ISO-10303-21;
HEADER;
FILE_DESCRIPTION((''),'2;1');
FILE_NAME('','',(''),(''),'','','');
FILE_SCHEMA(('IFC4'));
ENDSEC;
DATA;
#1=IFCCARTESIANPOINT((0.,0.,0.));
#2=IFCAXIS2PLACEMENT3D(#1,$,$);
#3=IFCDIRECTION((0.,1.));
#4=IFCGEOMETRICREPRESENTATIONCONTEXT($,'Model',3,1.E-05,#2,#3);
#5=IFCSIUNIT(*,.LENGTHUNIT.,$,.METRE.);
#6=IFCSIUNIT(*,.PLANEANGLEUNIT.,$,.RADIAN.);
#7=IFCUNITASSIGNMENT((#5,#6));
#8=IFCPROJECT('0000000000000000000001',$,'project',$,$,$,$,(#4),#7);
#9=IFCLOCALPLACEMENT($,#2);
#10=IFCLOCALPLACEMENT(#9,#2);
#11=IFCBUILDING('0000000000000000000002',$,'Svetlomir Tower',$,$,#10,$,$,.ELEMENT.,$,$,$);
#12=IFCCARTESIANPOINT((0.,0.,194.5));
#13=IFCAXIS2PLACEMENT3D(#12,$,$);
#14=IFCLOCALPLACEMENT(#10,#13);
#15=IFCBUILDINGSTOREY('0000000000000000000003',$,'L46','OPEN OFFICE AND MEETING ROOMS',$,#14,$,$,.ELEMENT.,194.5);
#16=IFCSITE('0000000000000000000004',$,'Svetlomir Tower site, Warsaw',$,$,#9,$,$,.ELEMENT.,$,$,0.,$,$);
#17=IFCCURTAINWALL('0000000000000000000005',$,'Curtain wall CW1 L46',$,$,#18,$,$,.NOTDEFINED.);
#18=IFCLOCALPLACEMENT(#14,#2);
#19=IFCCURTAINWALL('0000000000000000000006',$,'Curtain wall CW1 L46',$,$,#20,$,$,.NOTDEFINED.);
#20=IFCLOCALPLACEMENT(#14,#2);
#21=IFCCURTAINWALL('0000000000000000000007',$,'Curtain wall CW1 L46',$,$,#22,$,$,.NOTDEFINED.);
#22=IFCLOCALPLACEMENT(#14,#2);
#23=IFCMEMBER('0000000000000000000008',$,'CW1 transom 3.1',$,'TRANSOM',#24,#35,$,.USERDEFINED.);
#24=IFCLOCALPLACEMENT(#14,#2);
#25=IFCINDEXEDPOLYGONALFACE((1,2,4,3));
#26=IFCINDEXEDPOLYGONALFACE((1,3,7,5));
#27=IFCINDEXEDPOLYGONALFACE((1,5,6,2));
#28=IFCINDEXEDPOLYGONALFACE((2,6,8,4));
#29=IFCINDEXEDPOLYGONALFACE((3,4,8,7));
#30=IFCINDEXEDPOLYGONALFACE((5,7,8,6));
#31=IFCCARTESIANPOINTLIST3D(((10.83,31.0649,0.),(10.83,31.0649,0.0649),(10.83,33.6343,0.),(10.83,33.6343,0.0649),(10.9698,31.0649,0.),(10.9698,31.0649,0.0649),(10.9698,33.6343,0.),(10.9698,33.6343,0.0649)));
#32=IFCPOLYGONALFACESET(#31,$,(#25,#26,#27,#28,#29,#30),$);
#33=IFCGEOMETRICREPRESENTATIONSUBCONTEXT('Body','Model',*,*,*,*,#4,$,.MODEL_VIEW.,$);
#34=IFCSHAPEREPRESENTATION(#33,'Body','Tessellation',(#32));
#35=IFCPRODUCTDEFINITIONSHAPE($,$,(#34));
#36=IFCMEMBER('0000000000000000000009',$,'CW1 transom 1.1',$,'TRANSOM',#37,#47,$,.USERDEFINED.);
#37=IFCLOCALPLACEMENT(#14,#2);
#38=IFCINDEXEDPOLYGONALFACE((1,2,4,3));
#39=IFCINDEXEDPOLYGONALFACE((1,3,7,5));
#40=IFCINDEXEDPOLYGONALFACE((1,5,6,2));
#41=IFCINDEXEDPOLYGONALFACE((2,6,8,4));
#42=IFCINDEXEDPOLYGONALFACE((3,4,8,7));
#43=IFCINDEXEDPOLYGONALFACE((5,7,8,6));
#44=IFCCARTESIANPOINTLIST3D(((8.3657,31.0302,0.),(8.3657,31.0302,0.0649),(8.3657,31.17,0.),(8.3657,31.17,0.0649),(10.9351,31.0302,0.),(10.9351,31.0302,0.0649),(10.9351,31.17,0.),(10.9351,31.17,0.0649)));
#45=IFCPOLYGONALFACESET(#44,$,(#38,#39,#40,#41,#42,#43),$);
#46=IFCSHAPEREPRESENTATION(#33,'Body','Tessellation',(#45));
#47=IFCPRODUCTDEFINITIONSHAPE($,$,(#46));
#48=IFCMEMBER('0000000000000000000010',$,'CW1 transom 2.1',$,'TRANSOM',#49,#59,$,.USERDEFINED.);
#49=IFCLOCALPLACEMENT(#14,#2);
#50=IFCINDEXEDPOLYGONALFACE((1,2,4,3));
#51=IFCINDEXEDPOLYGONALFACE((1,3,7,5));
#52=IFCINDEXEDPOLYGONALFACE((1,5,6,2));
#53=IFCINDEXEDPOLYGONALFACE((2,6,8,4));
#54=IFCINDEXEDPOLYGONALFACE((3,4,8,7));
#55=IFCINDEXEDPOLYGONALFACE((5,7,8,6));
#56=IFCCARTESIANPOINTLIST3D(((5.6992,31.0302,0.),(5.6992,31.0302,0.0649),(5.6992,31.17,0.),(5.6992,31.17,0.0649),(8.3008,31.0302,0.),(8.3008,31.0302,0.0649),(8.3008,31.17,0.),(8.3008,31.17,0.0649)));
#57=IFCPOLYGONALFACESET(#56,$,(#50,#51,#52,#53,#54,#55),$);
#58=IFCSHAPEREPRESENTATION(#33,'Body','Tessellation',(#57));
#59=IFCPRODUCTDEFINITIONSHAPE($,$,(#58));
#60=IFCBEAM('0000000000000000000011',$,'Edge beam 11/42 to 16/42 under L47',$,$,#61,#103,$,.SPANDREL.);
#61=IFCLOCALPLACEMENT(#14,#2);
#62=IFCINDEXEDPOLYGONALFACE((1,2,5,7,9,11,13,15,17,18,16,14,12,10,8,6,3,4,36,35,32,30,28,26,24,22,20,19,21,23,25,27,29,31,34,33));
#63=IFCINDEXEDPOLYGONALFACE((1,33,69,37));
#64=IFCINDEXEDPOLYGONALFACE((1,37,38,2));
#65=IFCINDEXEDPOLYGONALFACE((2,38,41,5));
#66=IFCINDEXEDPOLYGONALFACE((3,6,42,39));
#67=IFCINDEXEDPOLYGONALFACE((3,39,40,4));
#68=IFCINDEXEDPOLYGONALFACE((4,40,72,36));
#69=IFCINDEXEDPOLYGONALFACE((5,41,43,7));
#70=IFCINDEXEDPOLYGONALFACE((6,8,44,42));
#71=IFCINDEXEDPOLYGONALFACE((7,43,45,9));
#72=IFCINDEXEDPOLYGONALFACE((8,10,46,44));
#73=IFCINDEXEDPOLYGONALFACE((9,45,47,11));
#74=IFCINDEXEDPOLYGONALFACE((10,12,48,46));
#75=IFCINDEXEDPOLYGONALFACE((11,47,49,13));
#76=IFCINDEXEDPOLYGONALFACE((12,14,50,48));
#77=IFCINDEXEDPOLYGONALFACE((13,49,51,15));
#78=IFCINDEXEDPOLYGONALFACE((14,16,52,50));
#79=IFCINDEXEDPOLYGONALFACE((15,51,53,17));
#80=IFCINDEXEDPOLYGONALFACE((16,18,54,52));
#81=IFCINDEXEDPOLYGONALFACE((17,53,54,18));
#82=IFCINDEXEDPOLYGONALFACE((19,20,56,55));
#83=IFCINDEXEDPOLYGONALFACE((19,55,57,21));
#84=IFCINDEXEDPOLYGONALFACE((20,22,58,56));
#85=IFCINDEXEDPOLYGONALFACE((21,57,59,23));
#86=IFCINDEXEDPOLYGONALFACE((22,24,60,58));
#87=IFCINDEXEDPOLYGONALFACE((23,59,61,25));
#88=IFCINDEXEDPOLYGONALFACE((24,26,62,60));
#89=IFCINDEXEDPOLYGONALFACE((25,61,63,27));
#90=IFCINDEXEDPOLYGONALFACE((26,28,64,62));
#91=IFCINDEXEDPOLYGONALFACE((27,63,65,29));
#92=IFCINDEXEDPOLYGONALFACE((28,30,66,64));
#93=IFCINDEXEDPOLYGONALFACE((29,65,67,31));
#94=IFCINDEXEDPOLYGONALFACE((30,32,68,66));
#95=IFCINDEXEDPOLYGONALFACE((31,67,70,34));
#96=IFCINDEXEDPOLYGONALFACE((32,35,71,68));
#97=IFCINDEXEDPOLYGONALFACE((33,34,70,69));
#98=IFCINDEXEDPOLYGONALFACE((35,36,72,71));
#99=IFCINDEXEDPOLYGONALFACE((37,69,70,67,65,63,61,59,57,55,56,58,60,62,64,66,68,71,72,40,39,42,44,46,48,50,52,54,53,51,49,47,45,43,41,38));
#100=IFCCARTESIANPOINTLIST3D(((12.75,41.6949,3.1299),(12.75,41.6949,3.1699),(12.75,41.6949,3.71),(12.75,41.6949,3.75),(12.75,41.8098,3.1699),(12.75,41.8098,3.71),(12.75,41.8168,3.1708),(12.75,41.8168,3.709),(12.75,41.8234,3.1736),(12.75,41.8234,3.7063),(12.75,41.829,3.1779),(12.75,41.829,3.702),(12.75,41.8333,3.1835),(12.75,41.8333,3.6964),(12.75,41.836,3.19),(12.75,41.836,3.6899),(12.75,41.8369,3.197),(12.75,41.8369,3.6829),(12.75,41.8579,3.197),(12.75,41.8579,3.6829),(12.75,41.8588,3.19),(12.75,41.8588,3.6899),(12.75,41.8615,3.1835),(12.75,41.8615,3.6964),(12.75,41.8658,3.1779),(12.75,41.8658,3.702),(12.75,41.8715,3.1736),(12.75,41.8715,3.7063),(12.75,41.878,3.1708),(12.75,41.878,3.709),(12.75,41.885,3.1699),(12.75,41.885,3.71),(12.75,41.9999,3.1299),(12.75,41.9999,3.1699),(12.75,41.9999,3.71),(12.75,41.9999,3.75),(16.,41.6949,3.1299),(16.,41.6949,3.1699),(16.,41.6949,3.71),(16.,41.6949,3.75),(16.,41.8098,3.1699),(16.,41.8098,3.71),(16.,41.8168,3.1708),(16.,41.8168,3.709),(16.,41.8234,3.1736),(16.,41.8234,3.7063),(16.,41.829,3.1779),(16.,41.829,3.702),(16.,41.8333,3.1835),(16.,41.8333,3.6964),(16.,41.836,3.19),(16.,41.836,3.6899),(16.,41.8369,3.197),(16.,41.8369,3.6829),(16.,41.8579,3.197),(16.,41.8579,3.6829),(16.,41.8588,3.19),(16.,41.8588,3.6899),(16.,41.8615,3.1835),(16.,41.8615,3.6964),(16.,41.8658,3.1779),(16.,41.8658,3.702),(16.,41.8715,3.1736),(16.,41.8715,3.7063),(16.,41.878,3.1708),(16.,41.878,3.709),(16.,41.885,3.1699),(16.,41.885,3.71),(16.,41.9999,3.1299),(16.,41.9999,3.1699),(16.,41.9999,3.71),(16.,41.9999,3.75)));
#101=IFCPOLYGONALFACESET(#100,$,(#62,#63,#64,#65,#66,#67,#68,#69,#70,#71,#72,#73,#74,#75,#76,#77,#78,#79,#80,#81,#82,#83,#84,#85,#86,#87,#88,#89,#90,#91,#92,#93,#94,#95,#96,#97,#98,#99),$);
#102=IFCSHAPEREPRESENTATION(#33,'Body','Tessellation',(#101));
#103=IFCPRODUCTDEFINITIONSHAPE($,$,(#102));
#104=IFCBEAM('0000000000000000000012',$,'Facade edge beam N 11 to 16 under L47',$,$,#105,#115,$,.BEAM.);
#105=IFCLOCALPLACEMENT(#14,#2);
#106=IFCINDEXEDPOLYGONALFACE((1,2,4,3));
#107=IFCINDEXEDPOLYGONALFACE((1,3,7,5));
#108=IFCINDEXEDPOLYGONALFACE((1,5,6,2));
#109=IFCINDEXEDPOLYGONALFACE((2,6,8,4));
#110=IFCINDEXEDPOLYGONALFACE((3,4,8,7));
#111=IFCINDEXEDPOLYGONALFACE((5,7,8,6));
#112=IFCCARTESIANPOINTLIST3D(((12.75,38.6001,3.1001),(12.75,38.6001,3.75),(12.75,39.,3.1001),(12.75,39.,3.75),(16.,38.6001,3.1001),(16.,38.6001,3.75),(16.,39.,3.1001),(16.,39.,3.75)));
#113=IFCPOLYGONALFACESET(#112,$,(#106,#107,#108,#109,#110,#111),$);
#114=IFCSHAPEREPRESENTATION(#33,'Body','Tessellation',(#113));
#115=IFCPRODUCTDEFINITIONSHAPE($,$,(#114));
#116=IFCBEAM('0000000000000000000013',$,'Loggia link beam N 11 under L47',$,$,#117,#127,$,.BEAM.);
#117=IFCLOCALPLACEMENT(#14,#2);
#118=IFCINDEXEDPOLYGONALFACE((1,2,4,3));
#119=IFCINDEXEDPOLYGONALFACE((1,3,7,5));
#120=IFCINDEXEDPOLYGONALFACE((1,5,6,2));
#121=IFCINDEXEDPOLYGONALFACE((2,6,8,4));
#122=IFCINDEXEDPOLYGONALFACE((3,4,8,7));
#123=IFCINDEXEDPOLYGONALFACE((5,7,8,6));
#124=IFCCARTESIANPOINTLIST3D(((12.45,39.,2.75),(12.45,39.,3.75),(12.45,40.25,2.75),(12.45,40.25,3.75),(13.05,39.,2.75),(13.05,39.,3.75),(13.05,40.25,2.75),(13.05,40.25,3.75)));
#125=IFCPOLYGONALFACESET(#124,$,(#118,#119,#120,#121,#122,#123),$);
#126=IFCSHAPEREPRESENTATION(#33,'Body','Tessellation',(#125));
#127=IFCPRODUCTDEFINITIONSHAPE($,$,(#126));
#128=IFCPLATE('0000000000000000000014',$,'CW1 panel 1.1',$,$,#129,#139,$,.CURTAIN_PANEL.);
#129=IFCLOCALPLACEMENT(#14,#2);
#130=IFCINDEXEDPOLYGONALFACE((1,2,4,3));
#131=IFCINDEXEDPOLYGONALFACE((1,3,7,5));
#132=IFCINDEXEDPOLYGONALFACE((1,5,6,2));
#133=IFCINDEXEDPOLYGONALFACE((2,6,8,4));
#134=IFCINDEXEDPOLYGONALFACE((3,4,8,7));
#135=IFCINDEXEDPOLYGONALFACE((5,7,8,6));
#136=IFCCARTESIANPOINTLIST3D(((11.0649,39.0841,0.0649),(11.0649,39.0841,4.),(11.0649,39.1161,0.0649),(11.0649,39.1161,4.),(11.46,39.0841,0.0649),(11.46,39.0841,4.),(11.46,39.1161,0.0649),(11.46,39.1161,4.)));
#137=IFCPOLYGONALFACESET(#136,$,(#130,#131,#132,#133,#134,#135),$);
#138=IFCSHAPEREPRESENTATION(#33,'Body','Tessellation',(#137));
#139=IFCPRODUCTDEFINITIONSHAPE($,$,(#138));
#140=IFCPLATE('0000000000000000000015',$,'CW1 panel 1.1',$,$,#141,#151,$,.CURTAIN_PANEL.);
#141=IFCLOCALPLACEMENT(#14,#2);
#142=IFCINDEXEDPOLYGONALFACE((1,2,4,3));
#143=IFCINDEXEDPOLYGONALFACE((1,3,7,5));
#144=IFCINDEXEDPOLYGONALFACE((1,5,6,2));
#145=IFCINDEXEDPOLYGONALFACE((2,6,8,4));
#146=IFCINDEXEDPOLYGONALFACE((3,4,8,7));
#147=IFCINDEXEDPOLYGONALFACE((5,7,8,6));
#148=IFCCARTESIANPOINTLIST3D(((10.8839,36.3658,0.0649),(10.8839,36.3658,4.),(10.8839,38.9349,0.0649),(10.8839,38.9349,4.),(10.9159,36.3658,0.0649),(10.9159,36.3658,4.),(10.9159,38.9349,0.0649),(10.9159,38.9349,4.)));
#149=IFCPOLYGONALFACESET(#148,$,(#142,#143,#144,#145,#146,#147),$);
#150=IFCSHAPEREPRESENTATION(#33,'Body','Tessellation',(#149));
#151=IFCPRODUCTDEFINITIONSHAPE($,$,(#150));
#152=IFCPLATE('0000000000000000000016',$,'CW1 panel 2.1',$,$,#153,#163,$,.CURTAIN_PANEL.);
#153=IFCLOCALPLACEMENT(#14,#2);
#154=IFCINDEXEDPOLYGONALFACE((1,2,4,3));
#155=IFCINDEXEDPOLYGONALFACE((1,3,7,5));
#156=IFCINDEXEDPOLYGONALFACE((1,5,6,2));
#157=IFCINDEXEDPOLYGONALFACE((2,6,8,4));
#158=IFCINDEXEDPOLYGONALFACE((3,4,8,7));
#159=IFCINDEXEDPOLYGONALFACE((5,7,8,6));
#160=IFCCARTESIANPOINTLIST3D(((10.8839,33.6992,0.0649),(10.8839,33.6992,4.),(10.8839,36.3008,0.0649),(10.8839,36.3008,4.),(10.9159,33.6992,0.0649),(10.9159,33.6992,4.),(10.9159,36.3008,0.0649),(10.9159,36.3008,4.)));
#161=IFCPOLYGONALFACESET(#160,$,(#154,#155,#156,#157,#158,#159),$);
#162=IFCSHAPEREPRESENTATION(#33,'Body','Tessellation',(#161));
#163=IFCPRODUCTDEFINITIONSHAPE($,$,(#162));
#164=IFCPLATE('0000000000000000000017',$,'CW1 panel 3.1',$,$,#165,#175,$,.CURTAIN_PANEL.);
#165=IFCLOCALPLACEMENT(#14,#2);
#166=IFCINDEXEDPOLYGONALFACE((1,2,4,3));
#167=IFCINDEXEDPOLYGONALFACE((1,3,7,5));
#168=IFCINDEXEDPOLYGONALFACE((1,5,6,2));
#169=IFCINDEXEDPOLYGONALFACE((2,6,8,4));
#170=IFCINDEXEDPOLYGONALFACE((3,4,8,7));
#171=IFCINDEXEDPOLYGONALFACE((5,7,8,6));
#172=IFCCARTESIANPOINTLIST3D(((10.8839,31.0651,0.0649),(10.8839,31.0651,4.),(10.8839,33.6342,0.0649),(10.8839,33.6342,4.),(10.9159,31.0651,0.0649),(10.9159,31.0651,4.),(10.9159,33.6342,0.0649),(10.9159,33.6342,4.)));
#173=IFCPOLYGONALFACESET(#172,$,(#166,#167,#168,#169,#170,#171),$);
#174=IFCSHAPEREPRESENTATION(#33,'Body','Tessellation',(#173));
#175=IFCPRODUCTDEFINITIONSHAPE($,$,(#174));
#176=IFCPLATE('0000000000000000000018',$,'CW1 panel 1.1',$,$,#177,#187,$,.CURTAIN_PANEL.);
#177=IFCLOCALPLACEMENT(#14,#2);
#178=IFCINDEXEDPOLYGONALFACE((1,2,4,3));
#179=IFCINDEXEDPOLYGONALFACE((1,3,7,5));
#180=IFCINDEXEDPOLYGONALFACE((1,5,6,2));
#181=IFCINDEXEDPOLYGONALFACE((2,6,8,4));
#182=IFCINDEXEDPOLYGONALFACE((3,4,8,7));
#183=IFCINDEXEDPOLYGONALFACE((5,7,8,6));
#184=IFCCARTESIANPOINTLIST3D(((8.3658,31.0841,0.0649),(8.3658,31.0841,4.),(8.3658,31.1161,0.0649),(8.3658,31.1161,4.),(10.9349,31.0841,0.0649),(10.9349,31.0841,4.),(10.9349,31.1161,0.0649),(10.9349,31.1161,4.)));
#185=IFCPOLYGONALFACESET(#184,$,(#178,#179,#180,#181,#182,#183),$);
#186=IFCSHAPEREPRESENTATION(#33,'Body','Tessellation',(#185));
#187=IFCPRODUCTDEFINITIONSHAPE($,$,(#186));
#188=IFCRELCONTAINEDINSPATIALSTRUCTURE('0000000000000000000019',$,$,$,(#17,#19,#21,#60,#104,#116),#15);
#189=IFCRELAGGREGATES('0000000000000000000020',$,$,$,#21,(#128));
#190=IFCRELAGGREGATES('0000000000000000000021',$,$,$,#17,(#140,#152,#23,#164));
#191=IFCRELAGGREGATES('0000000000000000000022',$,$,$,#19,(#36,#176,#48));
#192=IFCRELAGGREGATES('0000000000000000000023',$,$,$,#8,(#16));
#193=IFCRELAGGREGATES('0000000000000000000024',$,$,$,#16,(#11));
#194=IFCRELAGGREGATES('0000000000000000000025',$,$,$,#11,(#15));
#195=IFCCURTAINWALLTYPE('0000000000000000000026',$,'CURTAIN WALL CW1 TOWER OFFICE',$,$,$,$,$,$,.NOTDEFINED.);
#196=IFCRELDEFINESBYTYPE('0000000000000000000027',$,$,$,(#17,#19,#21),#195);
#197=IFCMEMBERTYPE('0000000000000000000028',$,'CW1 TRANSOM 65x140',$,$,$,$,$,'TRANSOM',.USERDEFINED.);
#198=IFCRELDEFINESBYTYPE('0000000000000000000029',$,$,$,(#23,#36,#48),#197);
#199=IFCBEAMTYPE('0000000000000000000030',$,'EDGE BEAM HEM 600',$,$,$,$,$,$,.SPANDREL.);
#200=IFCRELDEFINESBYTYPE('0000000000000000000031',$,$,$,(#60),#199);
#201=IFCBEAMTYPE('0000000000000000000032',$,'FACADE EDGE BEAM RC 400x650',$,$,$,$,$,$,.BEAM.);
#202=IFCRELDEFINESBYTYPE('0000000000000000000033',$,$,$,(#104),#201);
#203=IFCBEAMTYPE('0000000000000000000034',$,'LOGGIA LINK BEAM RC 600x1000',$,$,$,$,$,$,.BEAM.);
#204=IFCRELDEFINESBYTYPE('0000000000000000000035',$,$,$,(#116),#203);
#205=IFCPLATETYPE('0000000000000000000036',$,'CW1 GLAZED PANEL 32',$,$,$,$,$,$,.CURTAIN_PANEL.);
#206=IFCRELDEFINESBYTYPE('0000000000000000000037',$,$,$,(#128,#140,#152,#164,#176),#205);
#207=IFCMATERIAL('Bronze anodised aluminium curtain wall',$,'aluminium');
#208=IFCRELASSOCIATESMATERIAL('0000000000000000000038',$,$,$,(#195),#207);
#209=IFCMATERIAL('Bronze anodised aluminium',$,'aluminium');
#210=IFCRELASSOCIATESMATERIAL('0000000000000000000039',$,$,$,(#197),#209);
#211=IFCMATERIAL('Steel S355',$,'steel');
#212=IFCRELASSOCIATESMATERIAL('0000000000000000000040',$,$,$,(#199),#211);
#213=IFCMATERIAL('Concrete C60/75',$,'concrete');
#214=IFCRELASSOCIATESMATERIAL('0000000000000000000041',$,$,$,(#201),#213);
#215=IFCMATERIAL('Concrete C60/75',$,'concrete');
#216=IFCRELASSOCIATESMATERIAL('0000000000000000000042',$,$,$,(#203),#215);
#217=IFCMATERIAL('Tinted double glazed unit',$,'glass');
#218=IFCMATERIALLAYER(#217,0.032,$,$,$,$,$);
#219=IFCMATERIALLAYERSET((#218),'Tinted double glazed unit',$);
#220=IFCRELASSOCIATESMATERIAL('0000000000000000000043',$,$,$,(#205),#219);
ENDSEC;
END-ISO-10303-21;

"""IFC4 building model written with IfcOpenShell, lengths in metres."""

from ifc_helpers import new_model, si_unit, direction, frame, origin, origin_2d, place, context, subcontext, project, spatial, rectangle, i_section, extrude, material, layer, layer_set, material_profile, profile_set, type_object, element, aggregate, save


model = new_model("IFC4")

# Units and contexts
model_context = context("Model", 3, precision=1e-05, world=origin(), true_north=direction((0.0, 1.0)))
body_context = subcontext(model_context, "Body", "Model", "MODEL_VIEW")
ifc_project = project(units=[si_unit("LENGTHUNIT", "METRE"), si_unit("PLANEANGLEUNIT", "RADIAN")], contexts=[model_context])

# Site, building, storey
site_placement = place(None, origin())
site = spatial("IfcSite", under=ifc_project, at=site_placement, Name="Svetlomir Tower site, Warsaw", CompositionType="ELEMENT", RefElevation=0.0)
building_placement = place(site_placement, origin())
building = spatial("IfcBuilding", under=site, at=building_placement, Name="Svetlomir Tower", CompositionType="ELEMENT")
storey_placement = place(building_placement, frame((0.0, 0.0, 194.5)))
storey = spatial("IfcBuildingStorey", under=building, at=storey_placement, Name="L46", Description="OPEN OFFICE AND MEETING ROOMS", CompositionType="ELEMENT", Elevation=194.5)

# Curtain walls
ifc_material_1 = material(Name="Bronze anodised aluminium curtain wall", Category="aluminium")
curtain_wall_type = type_object("IfcCurtainWallType", Name="CURTAIN WALL CW1 TOWER OFFICE", PredefinedType="NOTDEFINED", material=ifc_material_1)
curtain_wall_1_placement = place(storey_placement, origin())
curtain_wall_1 = element("IfcCurtainWall", 1, at=curtain_wall_1_placement, inside=storey, type_object=curtain_wall_type, Name="Curtain wall CW1 L46", PredefinedType="NOTDEFINED")
curtain_wall_2_placement = place(storey_placement, origin())
curtain_wall_2 = element("IfcCurtainWall", 2, at=curtain_wall_2_placement, inside=storey, type_object=curtain_wall_type, Name="Curtain wall CW1 L46", PredefinedType="NOTDEFINED")

# Curtain wall
curtain_wall_3_placement = place(storey_placement, origin())
curtain_wall_3 = element("IfcCurtainWall", 3, at=curtain_wall_3_placement, inside=storey, type_object=curtain_wall_type, Name="Curtain wall CW1 L46", PredefinedType="NOTDEFINED")

# Members
ifc_material_2 = material(Name="Bronze anodised aluminium", Category="aluminium")
ifc_material_profile_1 = material_profile(ifc_material_2, rectangle(XDim=0.1399, YDim=0.0649, at=origin_2d()), Name="AL 140x65")
ifc_profile_set_1 = profile_set([ifc_material_profile_1], Name="Bronze anodised aluminium 6063-T6")
member_type_1 = type_object("IfcMemberType", Name="CW1 TRANSOM 65x140", ElementType="TRANSOM", PredefinedType="USERDEFINED", material=ifc_profile_set_1)
member_1_placement = place(storey_placement, frame((10.8999, 33.6343, 0.0325), z_axis=(0.0, -1.0, 0.0), x_axis=(1.0, 0.0, 0.0)))
member_1 = element("IfcMember", 4, at=member_1_placement, type_object=member_type_1, Name="CW1 transom 3.1", ObjectType="TRANSOM", PredefinedType="USERDEFINED", context=body_context, shape_type="SweptSolid", body=[
    extrude(rectangle(XDim=0.1399, YDim=0.0649, at=origin_2d()), origin(), (0.0, 0.0, 1.0), 2.5693),
])
member_2_placement = place(storey_placement, frame((10.9351, 31.1001, 0.0325), z_axis=(-1.0, 0.0, 0.0), x_axis=(0.0, -1.0, 0.0)))
member_2 = element("IfcMember", 5, at=member_2_placement, type_object=member_type_1, Name="CW1 transom 1.1", ObjectType="TRANSOM", PredefinedType="USERDEFINED", context=body_context, shape_type="SweptSolid", body=[
    extrude(rectangle(XDim=0.1399, YDim=0.0649, at=origin_2d()), origin(), (0.0, 0.0, 1.0), 2.5693),
])
member_3_placement = place(storey_placement, frame((8.3008, 31.1001, 0.0325), z_axis=(-1.0, 0.0, 0.0), x_axis=(0.0, -1.0, 0.0)))
member_3 = element("IfcMember", 6, at=member_3_placement, type_object=member_type_1, Name="CW1 transom 2.1", ObjectType="TRANSOM", PredefinedType="USERDEFINED", context=body_context, shape_type="SweptSolid", body=[
    extrude(rectangle(XDim=0.1399, YDim=0.0649, at=origin_2d()), origin(), (0.0, 0.0, 1.0), 2.6016),
])

# Beams
ifc_material_3 = material(Name="Steel S355", Category="steel")
ifc_material_profile_2 = material_profile(ifc_material_3, i_section(OverallWidth=0.3049, OverallDepth=0.6201, WebThickness=0.021, FlangeThickness=0.04, FilletRadius=0.0271, at=origin_2d()), Name="HEM 600")
ifc_profile_set_2 = profile_set([ifc_material_profile_2], Name="Steel S355")
beam_type_1 = type_object("IfcBeamType", Name="EDGE BEAM HEM 600", PredefinedType="SPANDREL", material=ifc_profile_set_2)
beam_1_placement = place(storey_placement, frame((12.75, 41.8474, 3.4399), z_axis=(1.0, 0.0, 0.0), x_axis=(0.0, 1.0, 0.0)))
element("IfcBeam", 7, at=beam_1_placement, inside=storey, type_object=beam_type_1, Name="Edge beam 11/42 to 16/42 under L47", PredefinedType="SPANDREL", context=body_context, shape_type="SweptSolid", body=[
    extrude(i_section(OverallWidth=0.3049, OverallDepth=0.6201, WebThickness=0.021, FlangeThickness=0.04, FilletRadius=0.0271, at=origin_2d()), origin(), (0.0, 0.0, 1.0), 3.25),
])
ifc_material_4 = material(Name="Concrete C60/75", Category="concrete")
ifc_material_profile_3 = material_profile(ifc_material_4, rectangle(XDim=0.3999, YDim=0.6499, at=origin_2d()), Name="RC 400x650")
ifc_profile_set_3 = profile_set([ifc_material_profile_3], Name="Concrete C60/75")
beam_type_2 = type_object("IfcBeamType", Name="FACADE EDGE BEAM RC 400x650", PredefinedType="BEAM", material=ifc_profile_set_3)
beam_2_placement = place(storey_placement, frame((12.75, 38.8, 3.425), z_axis=(1.0, 0.0, 0.0), x_axis=(0.0, 1.0, 0.0)))
element("IfcBeam", 8, at=beam_2_placement, inside=storey, type_object=beam_type_2, Name="Facade edge beam N 11 to 16 under L47", PredefinedType="BEAM", context=body_context, shape_type="SweptSolid", body=[
    extrude(rectangle(XDim=0.3999, YDim=0.6499, at=origin_2d()), origin(), (0.0, 0.0, 1.0), 3.25),
])
ifc_material_5 = material(Name="Concrete C60/75", Category="concrete")
ifc_material_profile_4 = material_profile(ifc_material_5, rectangle(XDim=0.6001, YDim=1.0, at=origin_2d()), Name="RC 600x1000")
ifc_profile_set_4 = profile_set([ifc_material_profile_4], Name="Concrete C60/75")
beam_type_3 = type_object("IfcBeamType", Name="LOGGIA LINK BEAM RC 600x1000", PredefinedType="BEAM", material=ifc_profile_set_4)
beam_3_placement = place(storey_placement, frame((12.75, 40.25, 3.25), z_axis=(0.0, -1.0, 0.0), x_axis=(1.0, 0.0, 0.0)))
element("IfcBeam", 9, at=beam_3_placement, inside=storey, type_object=beam_type_3, Name="Loggia link beam N 11 under L47", PredefinedType="BEAM", context=body_context, shape_type="SweptSolid", body=[
    extrude(rectangle(XDim=0.6001, YDim=1.0, at=origin_2d()), origin(), (0.0, 0.0, 1.0), 1.25),
])

# Plates
ifc_material_6 = material(Name="Tinted double glazed unit", Category="glass")
ifc_layer = layer(ifc_material_6, 0.032)
ifc_layer_set = layer_set([ifc_layer], Name="Tinted double glazed unit")
plate_type = type_object("IfcPlateType", Name="CW1 GLAZED PANEL 32", PredefinedType="CURTAIN_PANEL", material=ifc_layer_set)
plate_1_placement = place(storey_placement, frame((11.2625, 39.1001, 0.0649), z_axis=(0.0, 0.0, 1.0), x_axis=(-1.0, 0.0, 0.0)))
plate_1 = element("IfcPlate", 10, at=plate_1_placement, type_object=plate_type, Name="CW1 panel 1.1", PredefinedType="CURTAIN_PANEL", context=body_context, shape_type="SweptSolid", body=[
    extrude(rectangle(XDim=0.395, YDim=0.032, at=origin_2d()), origin(), (0.0, 0.0, 1.0), 3.9351),
])
aggregate(curtain_wall_3, [plate_1])
plate_2_placement = place(storey_placement, frame((10.8999, 37.6504, 0.0649), z_axis=(0.0, 0.0, 1.0), x_axis=(0.0, -1.0, 0.0)))
plate_2 = element("IfcPlate", 11, at=plate_2_placement, type_object=plate_type, Name="CW1 panel 1.1", PredefinedType="CURTAIN_PANEL", context=body_context, shape_type="SweptSolid", body=[
    extrude(rectangle(XDim=2.5691, YDim=0.032, at=origin_2d()), origin(), (0.0, 0.0, 1.0), 3.9351),
])
plate_3_placement = place(storey_placement, frame((10.8999, 35.0, 0.0649), z_axis=(0.0, 0.0, 1.0), x_axis=(0.0, -1.0, 0.0)))
plate_3 = element("IfcPlate", 12, at=plate_3_placement, type_object=plate_type, Name="CW1 panel 2.1", PredefinedType="CURTAIN_PANEL", context=body_context, shape_type="SweptSolid", body=[
    extrude(rectangle(XDim=2.6016, YDim=0.032, at=origin_2d()), origin(), (0.0, 0.0, 1.0), 3.9351),
])
plate_4_placement = place(storey_placement, frame((10.8999, 32.3496, 0.0649), z_axis=(0.0, 0.0, 1.0), x_axis=(0.0, -1.0, 0.0)))
plate_4 = element("IfcPlate", 13, at=plate_4_placement, type_object=plate_type, Name="CW1 panel 3.1", PredefinedType="CURTAIN_PANEL", context=body_context, shape_type="SweptSolid", body=[
    extrude(rectangle(XDim=2.5691, YDim=0.032, at=origin_2d()), origin(), (0.0, 0.0, 1.0), 3.9351),
])
aggregate(curtain_wall_1, [plate_2, plate_3, member_1, plate_4])
plate_5_placement = place(storey_placement, frame((9.6504, 31.1001, 0.0649), z_axis=(0.0, 0.0, 1.0), x_axis=(-1.0, 0.0, 0.0)))
plate_5 = element("IfcPlate", 14, at=plate_5_placement, type_object=plate_type, Name="CW1 panel 1.1", PredefinedType="CURTAIN_PANEL", context=body_context, shape_type="SweptSolid", body=[
    extrude(rectangle(XDim=2.5691, YDim=0.032, at=origin_2d()), origin(), (0.0, 0.0, 1.0), 3.9351),
])
aggregate(curtain_wall_2, [member_2, plate_5, member_3])

save(model, "model.ifc")
